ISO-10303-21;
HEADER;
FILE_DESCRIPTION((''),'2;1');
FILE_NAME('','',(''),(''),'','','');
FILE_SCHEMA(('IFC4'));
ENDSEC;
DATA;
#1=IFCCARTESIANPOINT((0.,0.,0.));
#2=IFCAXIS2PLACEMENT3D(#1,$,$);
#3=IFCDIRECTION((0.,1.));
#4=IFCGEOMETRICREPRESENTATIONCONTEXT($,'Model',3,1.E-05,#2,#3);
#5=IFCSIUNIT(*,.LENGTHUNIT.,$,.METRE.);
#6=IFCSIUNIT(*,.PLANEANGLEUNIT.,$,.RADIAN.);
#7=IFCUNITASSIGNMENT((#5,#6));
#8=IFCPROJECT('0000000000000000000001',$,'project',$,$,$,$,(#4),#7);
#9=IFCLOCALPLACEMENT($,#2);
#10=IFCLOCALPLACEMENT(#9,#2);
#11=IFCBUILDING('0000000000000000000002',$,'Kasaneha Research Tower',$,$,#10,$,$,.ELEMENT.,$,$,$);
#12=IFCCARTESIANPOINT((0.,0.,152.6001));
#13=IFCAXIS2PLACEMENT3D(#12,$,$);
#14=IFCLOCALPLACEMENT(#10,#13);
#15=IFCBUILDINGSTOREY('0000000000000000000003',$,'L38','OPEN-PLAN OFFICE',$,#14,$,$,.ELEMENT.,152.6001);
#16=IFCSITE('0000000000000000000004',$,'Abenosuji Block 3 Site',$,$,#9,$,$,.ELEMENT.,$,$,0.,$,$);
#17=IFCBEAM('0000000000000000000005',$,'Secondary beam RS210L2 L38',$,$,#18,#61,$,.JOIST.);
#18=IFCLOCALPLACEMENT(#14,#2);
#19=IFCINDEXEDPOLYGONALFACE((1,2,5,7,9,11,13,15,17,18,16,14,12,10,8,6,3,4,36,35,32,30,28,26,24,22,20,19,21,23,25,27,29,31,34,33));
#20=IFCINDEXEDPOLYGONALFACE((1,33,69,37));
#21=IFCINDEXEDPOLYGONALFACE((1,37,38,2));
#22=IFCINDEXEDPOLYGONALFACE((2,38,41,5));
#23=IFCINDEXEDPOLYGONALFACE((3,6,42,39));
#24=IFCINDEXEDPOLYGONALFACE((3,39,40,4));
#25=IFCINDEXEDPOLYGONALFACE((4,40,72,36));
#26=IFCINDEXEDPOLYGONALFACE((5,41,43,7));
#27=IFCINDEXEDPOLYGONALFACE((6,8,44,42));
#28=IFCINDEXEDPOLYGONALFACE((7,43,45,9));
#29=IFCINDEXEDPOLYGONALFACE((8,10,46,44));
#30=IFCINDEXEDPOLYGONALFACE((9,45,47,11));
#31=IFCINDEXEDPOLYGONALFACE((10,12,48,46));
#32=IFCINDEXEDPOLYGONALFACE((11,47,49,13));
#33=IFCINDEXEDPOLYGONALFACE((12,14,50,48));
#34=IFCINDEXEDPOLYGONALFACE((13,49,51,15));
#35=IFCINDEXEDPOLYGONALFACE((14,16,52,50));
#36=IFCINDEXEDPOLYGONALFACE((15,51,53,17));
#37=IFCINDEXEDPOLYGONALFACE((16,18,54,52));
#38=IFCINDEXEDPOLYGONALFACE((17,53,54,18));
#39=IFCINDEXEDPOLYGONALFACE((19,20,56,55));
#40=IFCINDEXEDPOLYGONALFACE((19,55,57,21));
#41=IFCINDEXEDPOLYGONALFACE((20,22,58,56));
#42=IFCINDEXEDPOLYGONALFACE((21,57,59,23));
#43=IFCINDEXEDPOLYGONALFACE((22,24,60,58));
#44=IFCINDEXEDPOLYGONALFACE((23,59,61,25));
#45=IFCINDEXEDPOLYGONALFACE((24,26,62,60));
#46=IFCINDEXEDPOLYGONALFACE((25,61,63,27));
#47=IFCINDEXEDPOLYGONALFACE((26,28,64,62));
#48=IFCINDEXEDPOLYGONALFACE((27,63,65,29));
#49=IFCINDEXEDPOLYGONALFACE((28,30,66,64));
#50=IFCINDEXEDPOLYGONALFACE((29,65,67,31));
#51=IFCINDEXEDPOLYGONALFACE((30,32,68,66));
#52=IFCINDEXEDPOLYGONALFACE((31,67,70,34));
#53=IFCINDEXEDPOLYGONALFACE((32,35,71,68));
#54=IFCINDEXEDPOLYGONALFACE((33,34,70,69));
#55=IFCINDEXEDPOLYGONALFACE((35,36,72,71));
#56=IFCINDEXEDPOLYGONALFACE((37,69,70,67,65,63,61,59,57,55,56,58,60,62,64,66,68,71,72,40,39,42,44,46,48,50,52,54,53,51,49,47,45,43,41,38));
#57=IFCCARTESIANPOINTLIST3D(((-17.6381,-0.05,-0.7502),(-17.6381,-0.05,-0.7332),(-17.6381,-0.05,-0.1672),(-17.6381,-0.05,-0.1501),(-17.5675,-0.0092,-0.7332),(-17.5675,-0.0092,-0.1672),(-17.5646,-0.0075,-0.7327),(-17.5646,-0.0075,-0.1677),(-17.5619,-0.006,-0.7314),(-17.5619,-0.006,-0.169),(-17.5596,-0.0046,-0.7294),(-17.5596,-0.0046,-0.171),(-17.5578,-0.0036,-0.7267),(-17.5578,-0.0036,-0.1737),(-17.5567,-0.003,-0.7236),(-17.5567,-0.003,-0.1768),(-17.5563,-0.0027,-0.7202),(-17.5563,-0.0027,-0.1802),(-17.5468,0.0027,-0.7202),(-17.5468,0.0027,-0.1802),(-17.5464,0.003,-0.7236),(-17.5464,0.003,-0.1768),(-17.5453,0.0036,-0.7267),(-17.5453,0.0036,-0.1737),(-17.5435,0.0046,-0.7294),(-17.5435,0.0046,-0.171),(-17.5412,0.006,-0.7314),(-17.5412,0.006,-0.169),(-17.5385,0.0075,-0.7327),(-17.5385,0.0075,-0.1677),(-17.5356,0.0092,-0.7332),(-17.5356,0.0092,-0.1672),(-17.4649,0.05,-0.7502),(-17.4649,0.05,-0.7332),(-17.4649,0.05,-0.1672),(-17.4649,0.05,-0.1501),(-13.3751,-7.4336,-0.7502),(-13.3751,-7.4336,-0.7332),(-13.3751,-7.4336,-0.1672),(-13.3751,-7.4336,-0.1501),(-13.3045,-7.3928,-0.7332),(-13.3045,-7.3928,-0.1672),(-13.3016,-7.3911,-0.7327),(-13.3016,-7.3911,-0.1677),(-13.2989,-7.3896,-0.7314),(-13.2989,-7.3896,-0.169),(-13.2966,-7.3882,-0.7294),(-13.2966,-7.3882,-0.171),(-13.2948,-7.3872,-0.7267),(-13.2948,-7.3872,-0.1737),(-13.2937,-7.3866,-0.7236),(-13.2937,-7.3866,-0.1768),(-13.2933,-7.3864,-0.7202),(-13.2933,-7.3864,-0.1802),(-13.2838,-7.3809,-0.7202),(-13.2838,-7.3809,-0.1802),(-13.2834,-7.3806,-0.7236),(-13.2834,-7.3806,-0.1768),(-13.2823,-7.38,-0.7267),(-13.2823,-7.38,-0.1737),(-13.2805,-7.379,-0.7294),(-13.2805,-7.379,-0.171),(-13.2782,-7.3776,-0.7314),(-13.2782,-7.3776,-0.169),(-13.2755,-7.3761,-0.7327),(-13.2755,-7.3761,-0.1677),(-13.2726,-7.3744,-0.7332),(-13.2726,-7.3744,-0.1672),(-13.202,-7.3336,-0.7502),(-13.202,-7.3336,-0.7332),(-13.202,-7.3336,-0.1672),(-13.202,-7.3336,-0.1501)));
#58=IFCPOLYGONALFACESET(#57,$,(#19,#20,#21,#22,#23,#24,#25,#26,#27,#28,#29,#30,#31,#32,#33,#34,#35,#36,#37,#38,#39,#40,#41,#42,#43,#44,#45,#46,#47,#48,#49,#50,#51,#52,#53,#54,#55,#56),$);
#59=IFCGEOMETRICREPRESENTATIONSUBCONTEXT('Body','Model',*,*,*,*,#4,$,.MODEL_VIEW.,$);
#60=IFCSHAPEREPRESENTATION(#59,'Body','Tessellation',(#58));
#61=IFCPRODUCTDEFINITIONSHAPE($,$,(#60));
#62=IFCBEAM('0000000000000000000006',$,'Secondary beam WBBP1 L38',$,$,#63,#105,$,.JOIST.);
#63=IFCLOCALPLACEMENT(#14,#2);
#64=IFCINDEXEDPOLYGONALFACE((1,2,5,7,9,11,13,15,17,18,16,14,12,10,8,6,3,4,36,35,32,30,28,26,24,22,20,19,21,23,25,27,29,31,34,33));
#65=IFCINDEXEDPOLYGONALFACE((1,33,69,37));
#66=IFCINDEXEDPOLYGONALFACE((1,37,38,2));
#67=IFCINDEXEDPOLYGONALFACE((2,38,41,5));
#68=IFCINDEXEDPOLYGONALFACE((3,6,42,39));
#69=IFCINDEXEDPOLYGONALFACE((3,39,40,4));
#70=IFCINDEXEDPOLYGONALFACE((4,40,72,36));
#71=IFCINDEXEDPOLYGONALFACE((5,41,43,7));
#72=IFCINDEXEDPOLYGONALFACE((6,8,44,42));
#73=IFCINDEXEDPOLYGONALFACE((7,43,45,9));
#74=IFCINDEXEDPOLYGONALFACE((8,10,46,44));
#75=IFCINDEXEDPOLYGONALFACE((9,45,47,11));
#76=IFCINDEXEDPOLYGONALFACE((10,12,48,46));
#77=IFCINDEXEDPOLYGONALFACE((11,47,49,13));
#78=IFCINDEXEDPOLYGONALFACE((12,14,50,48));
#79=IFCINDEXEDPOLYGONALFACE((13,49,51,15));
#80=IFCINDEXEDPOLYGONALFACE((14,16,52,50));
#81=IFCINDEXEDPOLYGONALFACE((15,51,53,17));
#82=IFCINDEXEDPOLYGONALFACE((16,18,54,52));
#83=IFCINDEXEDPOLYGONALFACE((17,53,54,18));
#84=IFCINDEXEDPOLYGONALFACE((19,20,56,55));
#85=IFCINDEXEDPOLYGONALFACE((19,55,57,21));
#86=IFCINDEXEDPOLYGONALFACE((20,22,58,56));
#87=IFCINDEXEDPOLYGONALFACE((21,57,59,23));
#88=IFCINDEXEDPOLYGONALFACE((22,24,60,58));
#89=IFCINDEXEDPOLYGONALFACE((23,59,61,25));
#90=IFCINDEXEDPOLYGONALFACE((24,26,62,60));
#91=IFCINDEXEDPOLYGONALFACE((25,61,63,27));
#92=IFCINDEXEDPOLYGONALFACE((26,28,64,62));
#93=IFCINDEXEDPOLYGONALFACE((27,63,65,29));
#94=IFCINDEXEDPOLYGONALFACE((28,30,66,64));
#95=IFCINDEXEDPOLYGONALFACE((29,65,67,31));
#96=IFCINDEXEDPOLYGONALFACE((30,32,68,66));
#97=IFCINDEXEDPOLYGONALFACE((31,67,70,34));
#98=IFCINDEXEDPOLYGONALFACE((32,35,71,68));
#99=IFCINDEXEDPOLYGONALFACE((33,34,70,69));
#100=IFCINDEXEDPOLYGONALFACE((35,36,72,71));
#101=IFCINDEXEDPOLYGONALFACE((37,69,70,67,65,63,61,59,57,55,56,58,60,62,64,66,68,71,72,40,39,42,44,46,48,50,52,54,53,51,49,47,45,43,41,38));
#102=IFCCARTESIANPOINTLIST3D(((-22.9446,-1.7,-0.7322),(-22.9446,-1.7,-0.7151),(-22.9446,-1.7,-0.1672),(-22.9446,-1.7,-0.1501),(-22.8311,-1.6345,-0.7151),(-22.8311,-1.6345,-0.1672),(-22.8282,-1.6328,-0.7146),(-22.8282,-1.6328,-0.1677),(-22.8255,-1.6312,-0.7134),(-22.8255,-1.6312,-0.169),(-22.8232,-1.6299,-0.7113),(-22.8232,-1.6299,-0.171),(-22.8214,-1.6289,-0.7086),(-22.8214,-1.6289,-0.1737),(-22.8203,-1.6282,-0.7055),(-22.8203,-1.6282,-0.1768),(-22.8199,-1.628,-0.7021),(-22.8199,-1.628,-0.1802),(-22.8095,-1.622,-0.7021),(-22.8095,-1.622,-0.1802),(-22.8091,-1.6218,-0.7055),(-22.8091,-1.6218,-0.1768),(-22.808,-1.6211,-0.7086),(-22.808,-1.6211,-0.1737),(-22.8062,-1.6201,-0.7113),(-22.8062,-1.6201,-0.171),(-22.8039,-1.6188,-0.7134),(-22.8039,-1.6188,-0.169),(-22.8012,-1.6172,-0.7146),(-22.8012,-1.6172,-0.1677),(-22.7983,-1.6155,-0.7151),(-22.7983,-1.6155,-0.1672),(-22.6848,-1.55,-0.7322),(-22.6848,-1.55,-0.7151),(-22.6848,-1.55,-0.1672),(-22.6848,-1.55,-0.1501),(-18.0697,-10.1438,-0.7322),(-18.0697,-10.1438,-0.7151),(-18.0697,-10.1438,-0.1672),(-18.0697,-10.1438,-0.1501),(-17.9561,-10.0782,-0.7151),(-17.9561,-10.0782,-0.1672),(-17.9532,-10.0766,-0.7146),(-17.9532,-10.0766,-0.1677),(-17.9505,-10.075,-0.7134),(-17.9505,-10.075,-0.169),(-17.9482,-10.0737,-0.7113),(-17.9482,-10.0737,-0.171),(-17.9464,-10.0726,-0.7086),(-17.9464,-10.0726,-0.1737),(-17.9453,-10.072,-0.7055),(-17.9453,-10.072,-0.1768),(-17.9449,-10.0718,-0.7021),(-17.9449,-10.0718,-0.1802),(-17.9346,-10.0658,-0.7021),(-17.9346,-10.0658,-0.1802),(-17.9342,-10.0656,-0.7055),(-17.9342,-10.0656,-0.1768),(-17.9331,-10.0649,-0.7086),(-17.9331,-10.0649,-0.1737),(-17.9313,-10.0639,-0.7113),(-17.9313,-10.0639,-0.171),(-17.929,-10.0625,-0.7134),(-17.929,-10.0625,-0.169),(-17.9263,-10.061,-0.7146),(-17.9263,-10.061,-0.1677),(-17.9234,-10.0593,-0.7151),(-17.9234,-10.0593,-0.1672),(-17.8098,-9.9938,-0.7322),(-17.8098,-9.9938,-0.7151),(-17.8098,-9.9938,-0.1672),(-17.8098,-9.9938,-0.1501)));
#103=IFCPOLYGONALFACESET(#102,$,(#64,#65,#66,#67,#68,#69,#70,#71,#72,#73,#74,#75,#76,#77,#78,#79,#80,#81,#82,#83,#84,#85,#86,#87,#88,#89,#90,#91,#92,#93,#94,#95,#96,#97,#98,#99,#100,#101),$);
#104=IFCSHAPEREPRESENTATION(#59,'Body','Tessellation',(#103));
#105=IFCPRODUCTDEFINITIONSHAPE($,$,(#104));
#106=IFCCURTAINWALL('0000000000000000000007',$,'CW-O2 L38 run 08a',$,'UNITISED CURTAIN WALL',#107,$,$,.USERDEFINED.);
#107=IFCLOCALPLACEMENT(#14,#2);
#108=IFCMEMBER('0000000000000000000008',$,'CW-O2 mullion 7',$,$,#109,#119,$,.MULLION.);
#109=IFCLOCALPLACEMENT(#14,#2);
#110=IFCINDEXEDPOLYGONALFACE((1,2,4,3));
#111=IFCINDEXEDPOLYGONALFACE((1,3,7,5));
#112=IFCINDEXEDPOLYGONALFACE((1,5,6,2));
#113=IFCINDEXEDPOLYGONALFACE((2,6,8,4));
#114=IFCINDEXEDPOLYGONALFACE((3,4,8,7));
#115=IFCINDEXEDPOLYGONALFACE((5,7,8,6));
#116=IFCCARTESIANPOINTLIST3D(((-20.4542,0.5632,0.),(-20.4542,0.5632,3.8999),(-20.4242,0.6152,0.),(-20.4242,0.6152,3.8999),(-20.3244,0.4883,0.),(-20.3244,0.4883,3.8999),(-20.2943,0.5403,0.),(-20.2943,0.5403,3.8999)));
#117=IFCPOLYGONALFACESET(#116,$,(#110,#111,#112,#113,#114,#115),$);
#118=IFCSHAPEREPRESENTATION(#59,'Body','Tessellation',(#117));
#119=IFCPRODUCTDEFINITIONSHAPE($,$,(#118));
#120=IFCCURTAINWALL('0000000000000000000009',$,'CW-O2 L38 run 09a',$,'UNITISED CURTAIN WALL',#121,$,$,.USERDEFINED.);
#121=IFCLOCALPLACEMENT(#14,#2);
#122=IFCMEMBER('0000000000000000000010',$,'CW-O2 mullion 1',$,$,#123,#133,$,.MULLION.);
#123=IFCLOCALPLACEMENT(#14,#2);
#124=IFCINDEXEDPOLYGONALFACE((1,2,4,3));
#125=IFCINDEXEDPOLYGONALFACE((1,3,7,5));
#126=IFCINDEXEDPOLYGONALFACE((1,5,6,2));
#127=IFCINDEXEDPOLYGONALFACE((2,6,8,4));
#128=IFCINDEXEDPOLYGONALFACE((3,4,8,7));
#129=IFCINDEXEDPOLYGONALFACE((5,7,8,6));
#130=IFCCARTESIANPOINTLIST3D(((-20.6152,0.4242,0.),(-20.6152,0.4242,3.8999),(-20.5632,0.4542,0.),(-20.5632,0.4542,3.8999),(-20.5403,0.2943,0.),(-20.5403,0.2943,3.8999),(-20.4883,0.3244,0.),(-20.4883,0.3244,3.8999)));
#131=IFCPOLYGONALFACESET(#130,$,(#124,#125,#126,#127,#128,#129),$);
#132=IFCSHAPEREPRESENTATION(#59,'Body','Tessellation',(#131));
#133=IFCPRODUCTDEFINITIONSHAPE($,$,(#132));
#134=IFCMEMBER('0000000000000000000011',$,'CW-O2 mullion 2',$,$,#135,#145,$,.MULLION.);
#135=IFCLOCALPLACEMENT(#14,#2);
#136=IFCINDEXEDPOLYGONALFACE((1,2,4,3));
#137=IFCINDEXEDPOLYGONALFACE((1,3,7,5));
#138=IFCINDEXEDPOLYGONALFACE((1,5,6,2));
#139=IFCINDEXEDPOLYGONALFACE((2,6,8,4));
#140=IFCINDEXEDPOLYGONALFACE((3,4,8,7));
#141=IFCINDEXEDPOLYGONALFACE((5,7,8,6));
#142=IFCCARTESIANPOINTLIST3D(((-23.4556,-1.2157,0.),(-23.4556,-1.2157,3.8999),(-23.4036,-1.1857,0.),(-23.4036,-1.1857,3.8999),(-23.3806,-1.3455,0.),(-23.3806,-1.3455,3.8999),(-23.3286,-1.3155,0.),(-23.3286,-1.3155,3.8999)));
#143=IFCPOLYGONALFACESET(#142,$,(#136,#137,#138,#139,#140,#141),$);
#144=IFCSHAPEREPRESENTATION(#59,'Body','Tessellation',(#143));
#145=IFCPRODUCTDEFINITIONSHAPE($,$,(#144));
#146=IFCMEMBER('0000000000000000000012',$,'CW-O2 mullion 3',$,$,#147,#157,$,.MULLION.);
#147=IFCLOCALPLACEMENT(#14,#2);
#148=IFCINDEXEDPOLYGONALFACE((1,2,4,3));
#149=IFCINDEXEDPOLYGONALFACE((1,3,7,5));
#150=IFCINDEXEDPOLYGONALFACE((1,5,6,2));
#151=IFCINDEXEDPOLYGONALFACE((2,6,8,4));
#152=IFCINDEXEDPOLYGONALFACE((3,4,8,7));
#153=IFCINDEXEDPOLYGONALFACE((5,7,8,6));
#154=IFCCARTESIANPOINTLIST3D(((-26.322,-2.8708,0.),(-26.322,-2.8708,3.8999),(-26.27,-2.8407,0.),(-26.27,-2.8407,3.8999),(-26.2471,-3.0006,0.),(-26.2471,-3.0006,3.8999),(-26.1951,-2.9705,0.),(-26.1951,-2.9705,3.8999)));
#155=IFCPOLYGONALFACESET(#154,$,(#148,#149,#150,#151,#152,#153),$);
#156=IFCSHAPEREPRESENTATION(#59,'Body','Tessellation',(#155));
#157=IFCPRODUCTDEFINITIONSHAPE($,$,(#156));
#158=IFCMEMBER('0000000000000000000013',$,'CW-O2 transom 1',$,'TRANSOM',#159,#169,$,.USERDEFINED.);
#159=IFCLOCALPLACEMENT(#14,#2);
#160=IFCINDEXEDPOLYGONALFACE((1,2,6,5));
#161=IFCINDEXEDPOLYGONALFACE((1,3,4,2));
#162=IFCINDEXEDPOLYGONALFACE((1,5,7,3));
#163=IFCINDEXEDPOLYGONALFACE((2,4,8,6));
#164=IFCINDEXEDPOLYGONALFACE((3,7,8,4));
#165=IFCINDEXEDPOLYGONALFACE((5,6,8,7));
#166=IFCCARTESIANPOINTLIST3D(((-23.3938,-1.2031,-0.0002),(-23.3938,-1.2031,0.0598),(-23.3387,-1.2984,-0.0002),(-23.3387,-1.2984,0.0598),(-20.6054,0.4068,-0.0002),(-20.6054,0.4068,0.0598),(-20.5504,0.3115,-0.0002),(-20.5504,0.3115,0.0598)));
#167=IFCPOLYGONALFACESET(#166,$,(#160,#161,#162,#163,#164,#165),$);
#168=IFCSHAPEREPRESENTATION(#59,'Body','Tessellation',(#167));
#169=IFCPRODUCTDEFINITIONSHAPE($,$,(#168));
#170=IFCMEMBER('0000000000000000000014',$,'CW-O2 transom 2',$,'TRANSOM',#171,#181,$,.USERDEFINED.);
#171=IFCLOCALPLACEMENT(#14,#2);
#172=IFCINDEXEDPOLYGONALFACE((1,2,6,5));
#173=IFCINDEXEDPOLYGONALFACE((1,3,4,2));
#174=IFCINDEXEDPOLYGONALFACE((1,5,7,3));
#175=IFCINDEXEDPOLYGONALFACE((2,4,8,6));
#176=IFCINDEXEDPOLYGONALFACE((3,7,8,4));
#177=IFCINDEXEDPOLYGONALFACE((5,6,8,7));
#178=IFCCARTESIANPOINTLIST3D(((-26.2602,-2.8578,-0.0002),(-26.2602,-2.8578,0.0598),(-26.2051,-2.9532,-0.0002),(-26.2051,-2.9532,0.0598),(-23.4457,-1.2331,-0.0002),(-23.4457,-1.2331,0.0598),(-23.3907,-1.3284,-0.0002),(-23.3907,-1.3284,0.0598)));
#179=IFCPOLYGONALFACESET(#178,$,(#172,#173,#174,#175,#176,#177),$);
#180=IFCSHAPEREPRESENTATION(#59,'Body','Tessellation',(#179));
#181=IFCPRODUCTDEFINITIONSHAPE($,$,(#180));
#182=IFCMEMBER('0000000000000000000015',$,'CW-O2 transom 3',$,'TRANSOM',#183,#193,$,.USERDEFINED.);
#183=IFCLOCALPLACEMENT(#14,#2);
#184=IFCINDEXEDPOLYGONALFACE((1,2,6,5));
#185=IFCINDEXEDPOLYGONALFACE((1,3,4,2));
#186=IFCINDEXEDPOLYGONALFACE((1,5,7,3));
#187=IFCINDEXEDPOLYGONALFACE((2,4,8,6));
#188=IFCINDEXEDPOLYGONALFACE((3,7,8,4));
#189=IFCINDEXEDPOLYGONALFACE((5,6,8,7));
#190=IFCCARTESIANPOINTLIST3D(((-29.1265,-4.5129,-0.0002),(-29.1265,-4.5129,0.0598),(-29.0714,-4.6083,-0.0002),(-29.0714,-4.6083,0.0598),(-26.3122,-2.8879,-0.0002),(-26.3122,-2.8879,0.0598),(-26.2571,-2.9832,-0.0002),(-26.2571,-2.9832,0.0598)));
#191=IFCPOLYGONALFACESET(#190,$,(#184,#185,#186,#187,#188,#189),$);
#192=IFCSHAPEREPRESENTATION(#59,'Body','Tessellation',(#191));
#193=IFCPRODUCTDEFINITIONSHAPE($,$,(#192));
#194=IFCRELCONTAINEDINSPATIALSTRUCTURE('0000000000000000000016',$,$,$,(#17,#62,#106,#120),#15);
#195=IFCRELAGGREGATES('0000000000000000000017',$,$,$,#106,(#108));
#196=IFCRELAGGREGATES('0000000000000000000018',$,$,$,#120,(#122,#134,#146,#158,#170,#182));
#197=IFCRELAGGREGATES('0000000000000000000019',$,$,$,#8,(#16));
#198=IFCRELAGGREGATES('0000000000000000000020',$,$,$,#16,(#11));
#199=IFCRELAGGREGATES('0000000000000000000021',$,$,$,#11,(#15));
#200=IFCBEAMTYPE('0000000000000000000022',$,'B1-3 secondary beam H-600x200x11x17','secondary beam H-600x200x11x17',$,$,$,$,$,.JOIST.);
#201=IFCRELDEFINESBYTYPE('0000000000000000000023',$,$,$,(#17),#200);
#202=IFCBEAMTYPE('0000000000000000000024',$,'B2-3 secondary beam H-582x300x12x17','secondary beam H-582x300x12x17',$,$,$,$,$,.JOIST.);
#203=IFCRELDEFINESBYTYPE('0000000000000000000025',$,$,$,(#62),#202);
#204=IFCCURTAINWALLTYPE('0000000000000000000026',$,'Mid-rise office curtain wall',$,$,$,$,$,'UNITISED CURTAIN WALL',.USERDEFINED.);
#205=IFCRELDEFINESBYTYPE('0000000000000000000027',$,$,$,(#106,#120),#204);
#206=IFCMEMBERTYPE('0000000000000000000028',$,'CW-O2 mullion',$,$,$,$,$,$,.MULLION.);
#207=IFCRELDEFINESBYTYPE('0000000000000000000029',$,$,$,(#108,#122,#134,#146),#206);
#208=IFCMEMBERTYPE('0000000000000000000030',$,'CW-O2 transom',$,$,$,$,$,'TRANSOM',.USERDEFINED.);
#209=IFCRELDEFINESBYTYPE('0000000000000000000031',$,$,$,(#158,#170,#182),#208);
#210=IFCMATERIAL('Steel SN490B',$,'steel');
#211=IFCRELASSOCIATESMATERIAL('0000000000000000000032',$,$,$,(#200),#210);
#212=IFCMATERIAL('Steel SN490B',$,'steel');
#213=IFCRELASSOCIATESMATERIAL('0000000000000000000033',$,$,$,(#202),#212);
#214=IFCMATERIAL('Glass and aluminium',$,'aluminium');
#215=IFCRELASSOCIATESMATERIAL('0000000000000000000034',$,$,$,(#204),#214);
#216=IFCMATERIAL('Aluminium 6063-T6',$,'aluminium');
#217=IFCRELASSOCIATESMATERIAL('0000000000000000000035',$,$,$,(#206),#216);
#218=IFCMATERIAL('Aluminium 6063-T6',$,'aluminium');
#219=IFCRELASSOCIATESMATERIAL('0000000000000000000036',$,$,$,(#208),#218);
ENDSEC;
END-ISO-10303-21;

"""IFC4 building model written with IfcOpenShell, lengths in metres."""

from ifc_helpers import new_model, si_unit, direction, frame, origin, origin_2d, place, context, subcontext, project, spatial, rectangle, i_section, extrude, material, material_profile, profile_set, type_object, element, aggregate, save


model = new_model("IFC4")

# Units and contexts
model_context = context("Model", 3, precision=1e-05, world=origin(), true_north=direction((0.0, 1.0)))
body_context = subcontext(model_context, "Body", "Model", "MODEL_VIEW")
ifc_project = project(units=[si_unit("LENGTHUNIT", "METRE"), si_unit("PLANEANGLEUNIT", "RADIAN")], contexts=[model_context])

# Site, building, storey
site_placement = place(None, origin())
site = spatial("IfcSite", under=ifc_project, at=site_placement, Name="Abenosuji Block 3 Site", CompositionType="ELEMENT", RefElevation=0.0)
building_placement = place(site_placement, origin())
building = spatial("IfcBuilding", under=site, at=building_placement, Name="Kasaneha Research Tower", CompositionType="ELEMENT")
storey_placement = place(building_placement, frame((0.0, 0.0, 152.6001)))
storey = spatial("IfcBuildingStorey", under=building, at=storey_placement, Name="L38", Description="OPEN-PLAN OFFICE", CompositionType="ELEMENT", Elevation=152.6001)

# Beams
ifc_material_1 = material(Name="Steel SN490B", Category="steel")
ifc_material_profile_1 = material_profile(ifc_material_1, i_section(OverallWidth=0.2, OverallDepth=0.6001, WebThickness=0.011, FlangeThickness=0.0171, FilletRadius=0.0129, at=origin_2d()), Name="H-600x200x11x17")
ifc_profile_set_1 = profile_set([ifc_material_profile_1], Name="Steel SN490B")
beam_type_1 = type_object("IfcBeamType", Name="B1-3 secondary beam H-600x200x11x17", Description="secondary beam H-600x200x11x17", PredefinedType="JOIST", material=ifc_profile_set_1)
beam_1_placement = place(storey_placement, frame((-17.5515, 0.0, -0.4502), z_axis=(0.500004, -0.866023, 0.0), x_axis=(0.866023, 0.500004, 0.0)))
element("IfcBeam", 1, at=beam_1_placement, inside=storey, type_object=beam_type_1, Name="Secondary beam RS210L2 L38", PredefinedType="JOIST", context=body_context, shape_type="SweptSolid", body=[
    extrude(i_section(OverallWidth=0.2, OverallDepth=0.6001, WebThickness=0.011, FlangeThickness=0.0171, FilletRadius=0.0129, at=origin_2d()), origin(), (0.0, 0.0, 1.0), 8.5259),
])
ifc_material_2 = material(Name="Steel SN490B", Category="steel")
ifc_material_profile_2 = material_profile(ifc_material_2, i_section(OverallWidth=0.3, OverallDepth=0.582, WebThickness=0.012, FlangeThickness=0.0171, FilletRadius=0.0129, at=origin_2d()), Name="H-582x300x12x17")
ifc_profile_set_2 = profile_set([ifc_material_profile_2], Name="Steel SN490B")
beam_type_2 = type_object("IfcBeamType", Name="B2-3 secondary beam H-582x300x12x17", Description="secondary beam H-582x300x12x17", PredefinedType="JOIST", material=ifc_profile_set_2)
beam_2_placement = place(storey_placement, frame((-22.8147, -1.625, -0.4412), z_axis=(0.499996, -0.866028, 0.0), x_axis=(0.866028, 0.499996, 0.0)))
element("IfcBeam", 2, at=beam_2_placement, inside=storey, type_object=beam_type_2, Name="Secondary beam WBBP1 L38", PredefinedType="JOIST", context=body_context, shape_type="SweptSolid", body=[
    extrude(i_section(OverallWidth=0.3, OverallDepth=0.582, WebThickness=0.012, FlangeThickness=0.0171, FilletRadius=0.0129, at=origin_2d()), origin(), (0.0, 0.0, 1.0), 9.75),
])

# Curtain wall, member
ifc_material_3 = material(Name="Glass and aluminium", Category="aluminium")
curtain_wall_type = type_object("IfcCurtainWallType", Name="Mid-rise office curtain wall", ElementType="UNITISED CURTAIN WALL", PredefinedType="USERDEFINED", material=ifc_material_3)
curtain_wall_1_placement = place(storey_placement, origin())
curtain_wall_1 = element("IfcCurtainWall", 3, at=curtain_wall_1_placement, inside=storey, type_object=curtain_wall_type, Name="CW-O2 L38 run 08a", ObjectType="UNITISED CURTAIN WALL", PredefinedType="USERDEFINED")
ifc_material_4 = material(Name="Aluminium 6063-T6", Category="aluminium")
ifc_material_profile_3 = material_profile(ifc_material_4, rectangle(XDim=0.0601, YDim=0.1499, at=origin_2d()), Name="CW-O2 mullion 60x150")
ifc_profile_set_3 = profile_set([ifc_material_profile_3], Name="Aluminium 6063-T6")
member_type_1 = type_object("IfcMemberType", Name="CW-O2 mullion", PredefinedType="MULLION", material=ifc_profile_set_3)
member_1_placement = place(storey_placement, frame((-20.3743, 0.5518, 0.0), z_axis=(0.0, 0.0, 1.0), x_axis=(-0.5, -0.866025, 0.0)))
member_1 = element("IfcMember", 4, at=member_1_placement, type_object=member_type_1, Name="CW-O2 mullion 7", PredefinedType="MULLION", context=body_context, shape_type="SweptSolid", body=[
    extrude(rectangle(XDim=0.0601, YDim=0.1499, at=origin_2d()), origin(), (0.0, 0.0, 1.0), 3.8999),
])

# Curtain wall, members
curtain_wall_2_placement = place(storey_placement, origin())
curtain_wall_2 = element("IfcCurtainWall", 5, at=curtain_wall_2_placement, inside=storey, type_object=curtain_wall_type, Name="CW-O2 L38 run 09a", ObjectType="UNITISED CURTAIN WALL", PredefinedType="USERDEFINED")
member_2_placement = place(storey_placement, frame((-20.5518, 0.3743, 0.0), z_axis=(0.0, 0.0, 1.0), x_axis=(-0.866025, -0.5, 0.0)))
member_2 = element("IfcMember", 6, at=member_2_placement, type_object=member_type_1, Name="CW-O2 mullion 1", PredefinedType="MULLION", context=body_context, shape_type="SweptSolid", body=[
    extrude(rectangle(XDim=0.0601, YDim=0.1499, at=origin_2d()), origin(), (0.0, 0.0, 1.0), 3.8999),
])
member_3_placement = place(storey_placement, frame((-23.3921, -1.2656, 0.0), z_axis=(0.0, 0.0, 1.0), x_axis=(-0.866025, -0.5, 0.0)))
member_3 = element("IfcMember", 7, at=member_3_placement, type_object=member_type_1, Name="CW-O2 mullion 2", PredefinedType="MULLION", context=body_context, shape_type="SweptSolid", body=[
    extrude(rectangle(XDim=0.0601, YDim=0.1499, at=origin_2d()), origin(), (0.0, 0.0, 1.0), 3.8999),
])
member_4_placement = place(storey_placement, frame((-26.2585, -2.9207, 0.0), z_axis=(0.0, 0.0, 1.0), x_axis=(-0.866025, -0.5, 0.0)))
member_4 = element("IfcMember", 8, at=member_4_placement, type_object=member_type_1, Name="CW-O2 mullion 3", PredefinedType="MULLION", context=body_context, shape_type="SweptSolid", body=[
    extrude(rectangle(XDim=0.0601, YDim=0.1499, at=origin_2d()), origin(), (0.0, 0.0, 1.0), 3.8999),
])
ifc_material_5 = material(Name="Aluminium 6063-T6", Category="aluminium")
ifc_material_profile_4 = material_profile(ifc_material_5, rectangle(XDim=0.1101, YDim=0.0601, at=origin_2d()), Name="CW-O2 transom 110x60")
ifc_profile_set_4 = profile_set([ifc_material_profile_4], Name="Aluminium 6063-T6")
member_type_2 = type_object("IfcMemberType", Name="CW-O2 transom", ElementType="TRANSOM", PredefinedType="USERDEFINED", material=ifc_profile_set_4)
member_5_placement = place(storey_placement, frame((-20.5779, 0.3591, 0.0298), z_axis=(-0.866023, -0.500005, 0.0), x_axis=(0.500005, -0.866023, 0.0)))
member_5 = element("IfcMember", 9, at=member_5_placement, type_object=member_type_2, Name="CW-O2 transom 1", ObjectType="TRANSOM", PredefinedType="USERDEFINED", context=body_context, shape_type="SweptSolid", body=[
    extrude(rectangle(XDim=0.1101, YDim=0.0601, at=origin_2d()), origin(), (0.0, 0.0, 1.0), 3.2197),
])
member_6_placement = place(storey_placement, frame((-23.4182, -1.2808, 0.0298), z_axis=(-0.866048, -0.499961, 0.0), x_axis=(0.499961, -0.866048, 0.0)))
member_6 = element("IfcMember", 10, at=member_6_placement, type_object=member_type_2, Name="CW-O2 transom 2", ObjectType="TRANSOM", PredefinedType="USERDEFINED", context=body_context, shape_type="SweptSolid", body=[
    extrude(rectangle(XDim=0.1101, YDim=0.0601, at=origin_2d()), origin(), (0.0, 0.0, 1.0), 3.2498),
])
member_7_placement = place(storey_placement, frame((-26.2847, -2.9355, 0.0298), z_axis=(-0.865997, -0.50005, 0.0), x_axis=(0.50005, -0.865997, 0.0)))
member_7 = element("IfcMember", 11, at=member_7_placement, type_object=member_type_2, Name="CW-O2 transom 3", ObjectType="TRANSOM", PredefinedType="USERDEFINED", context=body_context, shape_type="SweptSolid", body=[
    extrude(rectangle(XDim=0.1101, YDim=0.0601, at=origin_2d()), origin(), (0.0, 0.0, 1.0), 3.2498),
])

aggregate(curtain_wall_1, [member_1])
aggregate(curtain_wall_2, [member_2, member_3, member_4, member_5, member_6, member_7])

save(model, "model.ifc")
